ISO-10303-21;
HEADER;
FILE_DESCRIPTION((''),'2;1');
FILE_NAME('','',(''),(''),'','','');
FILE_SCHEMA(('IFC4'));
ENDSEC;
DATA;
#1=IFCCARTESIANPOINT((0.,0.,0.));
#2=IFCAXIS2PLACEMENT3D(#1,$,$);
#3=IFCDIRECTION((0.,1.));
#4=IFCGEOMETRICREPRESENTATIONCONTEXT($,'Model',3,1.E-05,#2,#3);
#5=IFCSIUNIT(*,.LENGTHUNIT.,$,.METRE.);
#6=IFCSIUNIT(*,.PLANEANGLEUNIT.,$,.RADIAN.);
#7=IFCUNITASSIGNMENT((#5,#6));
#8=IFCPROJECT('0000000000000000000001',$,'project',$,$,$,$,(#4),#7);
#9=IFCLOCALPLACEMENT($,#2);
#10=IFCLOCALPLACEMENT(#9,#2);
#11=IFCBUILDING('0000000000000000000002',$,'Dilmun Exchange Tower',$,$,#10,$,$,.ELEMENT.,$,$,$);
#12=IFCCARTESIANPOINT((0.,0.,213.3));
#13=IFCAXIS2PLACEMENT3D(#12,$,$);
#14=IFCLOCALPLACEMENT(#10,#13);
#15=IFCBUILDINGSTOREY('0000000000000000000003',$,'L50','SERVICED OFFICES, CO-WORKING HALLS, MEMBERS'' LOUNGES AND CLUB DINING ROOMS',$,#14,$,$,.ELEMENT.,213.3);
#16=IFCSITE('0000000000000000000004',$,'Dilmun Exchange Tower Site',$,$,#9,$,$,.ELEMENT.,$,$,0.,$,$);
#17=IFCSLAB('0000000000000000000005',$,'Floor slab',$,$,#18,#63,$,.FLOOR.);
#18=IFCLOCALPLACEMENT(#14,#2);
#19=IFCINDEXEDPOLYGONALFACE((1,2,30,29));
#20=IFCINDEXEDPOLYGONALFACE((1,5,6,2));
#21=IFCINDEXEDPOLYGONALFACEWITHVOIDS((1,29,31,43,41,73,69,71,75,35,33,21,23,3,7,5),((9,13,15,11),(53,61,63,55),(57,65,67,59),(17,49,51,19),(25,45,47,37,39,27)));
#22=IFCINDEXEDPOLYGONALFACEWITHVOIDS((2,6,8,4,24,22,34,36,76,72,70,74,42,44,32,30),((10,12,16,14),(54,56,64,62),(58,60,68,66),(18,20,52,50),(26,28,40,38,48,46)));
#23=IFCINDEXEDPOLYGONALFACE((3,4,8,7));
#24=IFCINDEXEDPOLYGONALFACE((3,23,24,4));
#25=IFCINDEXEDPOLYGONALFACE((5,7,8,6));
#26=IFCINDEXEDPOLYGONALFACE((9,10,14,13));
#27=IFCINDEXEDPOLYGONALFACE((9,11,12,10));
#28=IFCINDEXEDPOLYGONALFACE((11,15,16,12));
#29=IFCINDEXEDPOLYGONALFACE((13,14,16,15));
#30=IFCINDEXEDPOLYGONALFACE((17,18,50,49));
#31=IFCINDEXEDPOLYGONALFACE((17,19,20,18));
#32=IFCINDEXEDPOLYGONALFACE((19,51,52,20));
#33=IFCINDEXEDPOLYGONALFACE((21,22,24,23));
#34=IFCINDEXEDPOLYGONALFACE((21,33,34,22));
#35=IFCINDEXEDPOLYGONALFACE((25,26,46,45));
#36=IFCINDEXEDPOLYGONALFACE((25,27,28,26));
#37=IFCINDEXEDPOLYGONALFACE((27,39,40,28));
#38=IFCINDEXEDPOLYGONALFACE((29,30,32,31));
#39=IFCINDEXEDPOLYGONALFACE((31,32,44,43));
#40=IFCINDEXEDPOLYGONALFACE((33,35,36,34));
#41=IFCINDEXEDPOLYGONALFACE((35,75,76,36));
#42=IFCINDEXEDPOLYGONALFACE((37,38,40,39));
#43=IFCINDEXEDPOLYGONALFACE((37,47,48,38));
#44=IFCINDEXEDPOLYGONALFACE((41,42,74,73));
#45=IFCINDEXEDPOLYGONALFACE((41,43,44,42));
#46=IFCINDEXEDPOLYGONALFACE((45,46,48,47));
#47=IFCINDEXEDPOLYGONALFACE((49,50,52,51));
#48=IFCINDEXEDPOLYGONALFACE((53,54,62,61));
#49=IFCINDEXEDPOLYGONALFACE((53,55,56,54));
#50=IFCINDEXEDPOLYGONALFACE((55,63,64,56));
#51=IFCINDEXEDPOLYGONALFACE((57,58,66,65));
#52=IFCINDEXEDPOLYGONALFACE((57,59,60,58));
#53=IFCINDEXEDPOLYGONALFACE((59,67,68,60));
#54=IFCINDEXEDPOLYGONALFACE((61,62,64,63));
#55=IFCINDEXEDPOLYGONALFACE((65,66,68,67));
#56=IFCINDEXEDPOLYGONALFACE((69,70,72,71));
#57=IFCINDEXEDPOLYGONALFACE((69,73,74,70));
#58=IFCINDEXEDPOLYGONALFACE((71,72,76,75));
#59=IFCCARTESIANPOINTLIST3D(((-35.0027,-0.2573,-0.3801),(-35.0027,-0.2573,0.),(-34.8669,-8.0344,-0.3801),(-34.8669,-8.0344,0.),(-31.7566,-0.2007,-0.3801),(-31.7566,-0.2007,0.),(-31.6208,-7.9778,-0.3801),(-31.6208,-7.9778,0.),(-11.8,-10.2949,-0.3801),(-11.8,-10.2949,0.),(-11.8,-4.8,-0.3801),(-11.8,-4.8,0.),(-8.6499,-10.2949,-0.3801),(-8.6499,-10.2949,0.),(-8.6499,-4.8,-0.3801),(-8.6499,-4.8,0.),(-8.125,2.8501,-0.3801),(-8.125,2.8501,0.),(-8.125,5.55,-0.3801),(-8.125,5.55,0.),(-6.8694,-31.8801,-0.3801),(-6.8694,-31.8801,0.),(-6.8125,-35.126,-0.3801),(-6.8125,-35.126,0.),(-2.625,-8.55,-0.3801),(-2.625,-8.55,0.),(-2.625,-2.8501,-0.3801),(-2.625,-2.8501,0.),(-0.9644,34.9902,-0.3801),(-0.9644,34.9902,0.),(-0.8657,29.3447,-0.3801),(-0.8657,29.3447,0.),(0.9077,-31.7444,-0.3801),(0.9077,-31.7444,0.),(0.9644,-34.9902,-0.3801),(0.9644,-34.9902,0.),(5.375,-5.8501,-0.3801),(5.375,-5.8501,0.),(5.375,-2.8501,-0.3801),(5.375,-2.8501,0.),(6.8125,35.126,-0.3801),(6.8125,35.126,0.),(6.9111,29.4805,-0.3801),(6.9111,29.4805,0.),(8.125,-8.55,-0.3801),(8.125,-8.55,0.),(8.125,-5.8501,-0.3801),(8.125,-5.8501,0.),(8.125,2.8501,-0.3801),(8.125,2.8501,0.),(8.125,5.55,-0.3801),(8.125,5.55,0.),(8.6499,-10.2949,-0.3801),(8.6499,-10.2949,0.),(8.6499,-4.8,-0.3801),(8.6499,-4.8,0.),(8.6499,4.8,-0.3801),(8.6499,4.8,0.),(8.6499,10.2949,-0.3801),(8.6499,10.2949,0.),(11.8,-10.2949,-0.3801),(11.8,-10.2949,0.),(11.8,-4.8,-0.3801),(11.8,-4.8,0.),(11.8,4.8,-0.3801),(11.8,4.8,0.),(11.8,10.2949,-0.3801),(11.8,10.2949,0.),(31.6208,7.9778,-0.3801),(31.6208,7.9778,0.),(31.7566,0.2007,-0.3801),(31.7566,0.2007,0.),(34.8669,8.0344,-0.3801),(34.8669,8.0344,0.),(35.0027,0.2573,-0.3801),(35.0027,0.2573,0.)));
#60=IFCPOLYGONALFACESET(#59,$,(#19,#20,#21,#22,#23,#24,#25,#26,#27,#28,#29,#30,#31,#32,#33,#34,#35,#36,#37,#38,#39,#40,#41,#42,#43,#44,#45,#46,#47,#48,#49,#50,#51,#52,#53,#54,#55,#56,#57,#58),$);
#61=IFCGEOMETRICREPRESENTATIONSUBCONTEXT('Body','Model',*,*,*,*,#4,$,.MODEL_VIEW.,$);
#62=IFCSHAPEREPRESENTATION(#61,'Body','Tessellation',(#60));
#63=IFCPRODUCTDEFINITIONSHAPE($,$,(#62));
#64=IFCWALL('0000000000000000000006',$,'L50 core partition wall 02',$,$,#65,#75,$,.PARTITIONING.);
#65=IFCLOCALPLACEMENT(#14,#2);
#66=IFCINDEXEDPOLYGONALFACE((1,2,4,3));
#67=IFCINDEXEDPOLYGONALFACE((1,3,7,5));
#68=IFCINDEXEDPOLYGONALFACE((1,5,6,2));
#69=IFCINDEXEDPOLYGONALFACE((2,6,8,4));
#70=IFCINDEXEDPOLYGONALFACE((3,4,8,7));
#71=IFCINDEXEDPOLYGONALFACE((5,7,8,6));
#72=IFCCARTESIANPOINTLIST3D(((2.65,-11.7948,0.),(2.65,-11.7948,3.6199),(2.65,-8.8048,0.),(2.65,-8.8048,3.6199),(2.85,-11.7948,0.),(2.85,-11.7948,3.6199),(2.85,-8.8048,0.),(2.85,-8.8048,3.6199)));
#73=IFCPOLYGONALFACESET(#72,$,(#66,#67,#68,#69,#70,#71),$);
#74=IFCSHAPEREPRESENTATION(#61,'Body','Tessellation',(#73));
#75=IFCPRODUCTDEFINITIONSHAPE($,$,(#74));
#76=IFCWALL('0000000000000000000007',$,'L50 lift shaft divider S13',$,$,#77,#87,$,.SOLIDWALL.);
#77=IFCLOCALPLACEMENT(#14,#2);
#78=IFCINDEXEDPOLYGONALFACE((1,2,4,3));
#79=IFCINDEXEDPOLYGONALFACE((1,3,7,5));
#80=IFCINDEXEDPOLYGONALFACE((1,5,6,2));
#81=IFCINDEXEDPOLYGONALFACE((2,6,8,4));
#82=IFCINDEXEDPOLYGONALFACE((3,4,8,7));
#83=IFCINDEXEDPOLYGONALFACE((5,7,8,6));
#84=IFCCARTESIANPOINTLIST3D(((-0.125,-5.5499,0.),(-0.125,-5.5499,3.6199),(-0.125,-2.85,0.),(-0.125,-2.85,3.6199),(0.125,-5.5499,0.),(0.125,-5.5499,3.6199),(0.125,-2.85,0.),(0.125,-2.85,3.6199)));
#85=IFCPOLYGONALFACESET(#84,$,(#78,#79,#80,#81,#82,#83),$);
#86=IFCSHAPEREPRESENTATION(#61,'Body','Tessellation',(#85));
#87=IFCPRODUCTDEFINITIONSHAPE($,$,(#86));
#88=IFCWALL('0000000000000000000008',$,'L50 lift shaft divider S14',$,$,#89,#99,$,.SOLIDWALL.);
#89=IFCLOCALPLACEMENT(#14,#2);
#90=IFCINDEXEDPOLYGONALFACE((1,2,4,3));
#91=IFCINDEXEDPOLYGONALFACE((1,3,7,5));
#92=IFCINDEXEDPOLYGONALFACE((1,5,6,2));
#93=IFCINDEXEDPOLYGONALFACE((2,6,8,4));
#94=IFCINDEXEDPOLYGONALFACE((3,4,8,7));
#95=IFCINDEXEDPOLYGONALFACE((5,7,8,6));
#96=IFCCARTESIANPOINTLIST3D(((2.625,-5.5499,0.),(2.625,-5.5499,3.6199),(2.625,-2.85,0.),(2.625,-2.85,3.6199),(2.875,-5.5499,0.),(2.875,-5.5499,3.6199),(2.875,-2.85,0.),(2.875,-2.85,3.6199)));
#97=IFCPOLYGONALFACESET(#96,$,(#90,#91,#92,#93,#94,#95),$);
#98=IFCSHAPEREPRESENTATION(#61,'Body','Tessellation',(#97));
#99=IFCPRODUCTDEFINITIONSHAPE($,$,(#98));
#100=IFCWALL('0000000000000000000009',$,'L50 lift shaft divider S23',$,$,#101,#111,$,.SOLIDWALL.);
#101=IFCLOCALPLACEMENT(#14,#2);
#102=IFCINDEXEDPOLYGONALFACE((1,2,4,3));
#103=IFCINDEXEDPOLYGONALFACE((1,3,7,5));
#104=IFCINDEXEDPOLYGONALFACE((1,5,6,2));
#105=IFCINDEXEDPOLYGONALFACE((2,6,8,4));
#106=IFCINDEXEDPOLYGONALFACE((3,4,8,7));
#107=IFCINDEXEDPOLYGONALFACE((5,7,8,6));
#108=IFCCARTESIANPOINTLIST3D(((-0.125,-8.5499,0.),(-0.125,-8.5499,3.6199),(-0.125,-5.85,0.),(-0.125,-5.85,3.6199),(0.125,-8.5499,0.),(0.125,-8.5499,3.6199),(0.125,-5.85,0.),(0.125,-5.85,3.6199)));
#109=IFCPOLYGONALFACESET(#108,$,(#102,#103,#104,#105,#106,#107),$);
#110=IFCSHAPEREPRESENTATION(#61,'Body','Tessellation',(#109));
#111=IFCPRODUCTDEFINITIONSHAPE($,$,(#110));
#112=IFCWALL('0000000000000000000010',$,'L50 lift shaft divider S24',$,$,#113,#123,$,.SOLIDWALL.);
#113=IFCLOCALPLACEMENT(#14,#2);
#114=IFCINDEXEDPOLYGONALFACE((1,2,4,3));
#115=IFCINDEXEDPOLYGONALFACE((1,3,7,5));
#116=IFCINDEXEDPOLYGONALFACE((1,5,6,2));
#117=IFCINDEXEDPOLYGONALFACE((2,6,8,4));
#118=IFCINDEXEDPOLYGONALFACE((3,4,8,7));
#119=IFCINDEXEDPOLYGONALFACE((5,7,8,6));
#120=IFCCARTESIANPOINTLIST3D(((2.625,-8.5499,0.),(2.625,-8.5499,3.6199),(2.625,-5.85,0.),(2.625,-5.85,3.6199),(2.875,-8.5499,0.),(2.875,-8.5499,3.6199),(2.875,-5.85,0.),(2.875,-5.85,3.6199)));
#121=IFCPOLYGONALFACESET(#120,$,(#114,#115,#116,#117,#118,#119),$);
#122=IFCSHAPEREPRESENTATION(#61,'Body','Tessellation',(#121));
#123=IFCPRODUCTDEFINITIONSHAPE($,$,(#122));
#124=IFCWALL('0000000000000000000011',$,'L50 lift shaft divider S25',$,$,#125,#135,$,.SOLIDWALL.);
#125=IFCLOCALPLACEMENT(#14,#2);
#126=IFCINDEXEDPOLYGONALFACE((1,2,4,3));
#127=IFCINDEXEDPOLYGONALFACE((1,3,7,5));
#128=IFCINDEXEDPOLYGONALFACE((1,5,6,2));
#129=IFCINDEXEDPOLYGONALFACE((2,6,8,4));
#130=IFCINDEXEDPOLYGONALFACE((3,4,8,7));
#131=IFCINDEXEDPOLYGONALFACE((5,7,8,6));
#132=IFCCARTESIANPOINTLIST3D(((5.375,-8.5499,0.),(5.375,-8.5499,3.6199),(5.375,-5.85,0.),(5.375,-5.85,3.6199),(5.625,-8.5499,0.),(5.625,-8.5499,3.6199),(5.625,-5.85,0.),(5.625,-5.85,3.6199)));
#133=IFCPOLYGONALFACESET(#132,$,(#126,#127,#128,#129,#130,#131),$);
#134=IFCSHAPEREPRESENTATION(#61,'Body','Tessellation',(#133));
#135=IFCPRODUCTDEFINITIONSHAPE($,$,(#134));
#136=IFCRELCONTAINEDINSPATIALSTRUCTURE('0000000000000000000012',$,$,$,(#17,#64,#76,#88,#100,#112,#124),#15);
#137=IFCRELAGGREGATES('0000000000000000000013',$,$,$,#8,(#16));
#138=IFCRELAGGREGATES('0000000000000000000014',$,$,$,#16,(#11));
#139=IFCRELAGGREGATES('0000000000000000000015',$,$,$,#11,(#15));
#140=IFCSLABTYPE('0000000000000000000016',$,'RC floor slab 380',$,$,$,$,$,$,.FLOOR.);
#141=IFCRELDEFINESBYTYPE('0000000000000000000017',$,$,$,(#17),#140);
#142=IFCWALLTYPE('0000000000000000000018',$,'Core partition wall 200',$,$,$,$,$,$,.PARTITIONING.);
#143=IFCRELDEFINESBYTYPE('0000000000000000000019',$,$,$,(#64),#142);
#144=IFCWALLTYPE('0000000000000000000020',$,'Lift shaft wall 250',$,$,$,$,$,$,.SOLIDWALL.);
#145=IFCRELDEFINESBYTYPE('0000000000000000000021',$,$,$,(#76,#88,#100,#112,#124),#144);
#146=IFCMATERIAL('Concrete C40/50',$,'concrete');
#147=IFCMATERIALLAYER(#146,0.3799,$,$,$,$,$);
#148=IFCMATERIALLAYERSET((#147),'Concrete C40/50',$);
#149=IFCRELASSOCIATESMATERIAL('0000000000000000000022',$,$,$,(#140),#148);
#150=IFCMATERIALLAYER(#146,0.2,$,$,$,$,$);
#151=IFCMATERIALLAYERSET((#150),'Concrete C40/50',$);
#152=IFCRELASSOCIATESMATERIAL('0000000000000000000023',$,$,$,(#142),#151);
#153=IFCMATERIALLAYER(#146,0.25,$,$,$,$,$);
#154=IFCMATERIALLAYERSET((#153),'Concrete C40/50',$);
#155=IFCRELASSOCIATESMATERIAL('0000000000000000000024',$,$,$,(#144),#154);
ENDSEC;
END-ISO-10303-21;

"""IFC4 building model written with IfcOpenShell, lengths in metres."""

from ifc_helpers import new_model, si_unit, direction, frame, frame_2d, origin, place, context, subcontext, project, spatial, polyline, rectangle, outline, extrude, material, layer, layer_set, type_object, element, save


model = new_model("IFC4")

# Units and contexts
model_context = context("Model", 3, precision=1e-05, world=origin(), true_north=direction((0.0, 1.0)))
body_context = subcontext(model_context, "Body", "Model", "MODEL_VIEW")
ifc_project = project(units=[si_unit("LENGTHUNIT", "METRE"), si_unit("PLANEANGLEUNIT", "RADIAN")], contexts=[model_context])

# Site, building, storey
site_placement = place(None, origin())
site = spatial("IfcSite", under=ifc_project, at=site_placement, Name="Dilmun Exchange Tower Site", CompositionType="ELEMENT", RefElevation=0.0)
building_placement = place(site_placement, origin())
building = spatial("IfcBuilding", under=site, at=building_placement, Name="Dilmun Exchange Tower", CompositionType="ELEMENT")
storey_placement = place(building_placement, frame((0.0, 0.0, 213.3)))
storey = spatial("IfcBuildingStorey", under=building, at=storey_placement, Name="L50", Description="SERVICED OFFICES, CO-WORKING HALLS, MEMBERS' LOUNGES AND CLUB DINING ROOMS", CompositionType="ELEMENT", Elevation=213.3)

# Slab
ifc_material_1 = material(Name="Concrete C40/50", Category="concrete")
ifc_layer_1 = layer(ifc_material_1, 0.3799)
ifc_layer_set_1 = layer_set([ifc_layer_1], Name="Concrete C40/50")
slab_type = type_object("IfcSlabType", Name="RC floor slab 380", PredefinedType="FLOOR", material=ifc_layer_set_1)
slab_placement = place(storey_placement, frame((0.0, 0.0, -0.3801)))
element("IfcSlab", 1, at=slab_placement, inside=storey, type_object=slab_type, Name="Floor slab", PredefinedType="FLOOR", context=body_context, shape_type="SweptSolid", body=[
    extrude(outline(polyline([(31.6208, 7.9778), (31.7566, 0.2007), (35.0027, 0.2573), (0.9644, -34.9902), (0.9077, -31.7444), (-6.8694, -31.8801), (-6.8125, -35.126), (-34.8669, -8.0344), (-31.6208, -7.9778), (-31.7566, -0.2007), (-35.0027, -0.2573), (-0.9644, 34.9902), (-0.8657, 29.3447), (6.9111, 29.4805), (6.8125, 35.126), (34.8669, 8.0344), (31.6208, 7.9778)]), holes=[polyline([(-8.6499, -4.8), (-11.8, -4.8), (-11.8, -10.2949), (-8.6499, -10.2949), (-8.6499, -4.8)]), polyline([(11.8, -4.8), (8.6499, -4.8), (8.6499, -10.2949), (11.8, -10.2949), (11.8, -4.8)]), polyline([(5.375, -2.8501), (-2.625, -2.8501), (-2.625, -8.55), (8.125, -8.55), (8.125, -5.8501), (5.375, -5.8501), (5.375, -2.8501)]), polyline([(8.125, 2.8501), (8.125, 5.55), (-8.125, 5.55), (-8.125, 2.8501), (8.125, 2.8501)]), polyline([(8.6499, 10.2949), (8.6499, 4.8), (11.8, 4.8), (11.8, 10.2949), (8.6499, 10.2949)])]), origin(), (0.0, 0.0, 1.0), 0.3801),
])

# Wall
ifc_layer_2 = layer(ifc_material_1, 0.2)
ifc_layer_set_2 = layer_set([ifc_layer_2], Name="Concrete C40/50")
wall_type_1 = type_object("IfcWallType", Name="Core partition wall 200", PredefinedType="PARTITIONING", material=ifc_layer_set_2)
wall_1_placement = place(storey_placement, frame((2.75, -11.7949, 0.0), z_axis=(0.0, 0.0, 1.0), x_axis=(0.0, 1.0, 0.0)))
element("IfcWall", 2, at=wall_1_placement, inside=storey, type_object=wall_type_1, Name="L50 core partition wall 02", PredefinedType="PARTITIONING", context=body_context, shape_type="SweptSolid", body=[
    extrude(rectangle(XDim=2.99, YDim=0.2, at=frame_2d((1.4951, 0.0))), origin(), (0.0, 0.0, 1.0), 3.6199),
])

# Walls
ifc_layer_3 = layer(ifc_material_1, 0.25)
ifc_layer_set_3 = layer_set([ifc_layer_3], Name="Concrete C40/50")
wall_type_2 = type_object("IfcWallType", Name="Lift shaft wall 250", PredefinedType="SOLIDWALL", material=ifc_layer_set_3)
for number, where, z_axis, x_axis, name in (
    (3, (0.0, -5.55, 0.0), (0.0, 0.0, 1.0), (0.0, 1.0, 0.0), "L50 lift shaft divider S13"),
    (4, (2.75, -5.55, 0.0), (0.0, 0.0, 1.0), (0.0, 1.0, 0.0), "L50 lift shaft divider S14"),
    (5, (0.0, -8.55, 0.0), (0.0, 0.0, 1.0), (0.0, 1.0, 0.0), "L50 lift shaft divider S23"),
    (6, (2.75, -8.55, 0.0), (0.0, 0.0, 1.0), (0.0, 1.0, 0.0), "L50 lift shaft divider S24"),
    (7, (5.5, -8.55, 0.0), (0.0, 0.0, 1.0), (0.0, 1.0, 0.0), "L50 lift shaft divider S25"),
):
    element("IfcWall", number, at=place(storey_placement, frame(where, z_axis=z_axis, x_axis=x_axis)), inside=storey, type_object=wall_type_2, Name=name, PredefinedType="SOLIDWALL", context=body_context, shape_type="SweptSolid", body=[
        extrude(rectangle(XDim=2.7, YDim=0.25, at=frame_2d((1.3501, 0.0))), origin(), (0.0, 0.0, 1.0), 3.6199),
    ])

save(model, "model.ifc")
